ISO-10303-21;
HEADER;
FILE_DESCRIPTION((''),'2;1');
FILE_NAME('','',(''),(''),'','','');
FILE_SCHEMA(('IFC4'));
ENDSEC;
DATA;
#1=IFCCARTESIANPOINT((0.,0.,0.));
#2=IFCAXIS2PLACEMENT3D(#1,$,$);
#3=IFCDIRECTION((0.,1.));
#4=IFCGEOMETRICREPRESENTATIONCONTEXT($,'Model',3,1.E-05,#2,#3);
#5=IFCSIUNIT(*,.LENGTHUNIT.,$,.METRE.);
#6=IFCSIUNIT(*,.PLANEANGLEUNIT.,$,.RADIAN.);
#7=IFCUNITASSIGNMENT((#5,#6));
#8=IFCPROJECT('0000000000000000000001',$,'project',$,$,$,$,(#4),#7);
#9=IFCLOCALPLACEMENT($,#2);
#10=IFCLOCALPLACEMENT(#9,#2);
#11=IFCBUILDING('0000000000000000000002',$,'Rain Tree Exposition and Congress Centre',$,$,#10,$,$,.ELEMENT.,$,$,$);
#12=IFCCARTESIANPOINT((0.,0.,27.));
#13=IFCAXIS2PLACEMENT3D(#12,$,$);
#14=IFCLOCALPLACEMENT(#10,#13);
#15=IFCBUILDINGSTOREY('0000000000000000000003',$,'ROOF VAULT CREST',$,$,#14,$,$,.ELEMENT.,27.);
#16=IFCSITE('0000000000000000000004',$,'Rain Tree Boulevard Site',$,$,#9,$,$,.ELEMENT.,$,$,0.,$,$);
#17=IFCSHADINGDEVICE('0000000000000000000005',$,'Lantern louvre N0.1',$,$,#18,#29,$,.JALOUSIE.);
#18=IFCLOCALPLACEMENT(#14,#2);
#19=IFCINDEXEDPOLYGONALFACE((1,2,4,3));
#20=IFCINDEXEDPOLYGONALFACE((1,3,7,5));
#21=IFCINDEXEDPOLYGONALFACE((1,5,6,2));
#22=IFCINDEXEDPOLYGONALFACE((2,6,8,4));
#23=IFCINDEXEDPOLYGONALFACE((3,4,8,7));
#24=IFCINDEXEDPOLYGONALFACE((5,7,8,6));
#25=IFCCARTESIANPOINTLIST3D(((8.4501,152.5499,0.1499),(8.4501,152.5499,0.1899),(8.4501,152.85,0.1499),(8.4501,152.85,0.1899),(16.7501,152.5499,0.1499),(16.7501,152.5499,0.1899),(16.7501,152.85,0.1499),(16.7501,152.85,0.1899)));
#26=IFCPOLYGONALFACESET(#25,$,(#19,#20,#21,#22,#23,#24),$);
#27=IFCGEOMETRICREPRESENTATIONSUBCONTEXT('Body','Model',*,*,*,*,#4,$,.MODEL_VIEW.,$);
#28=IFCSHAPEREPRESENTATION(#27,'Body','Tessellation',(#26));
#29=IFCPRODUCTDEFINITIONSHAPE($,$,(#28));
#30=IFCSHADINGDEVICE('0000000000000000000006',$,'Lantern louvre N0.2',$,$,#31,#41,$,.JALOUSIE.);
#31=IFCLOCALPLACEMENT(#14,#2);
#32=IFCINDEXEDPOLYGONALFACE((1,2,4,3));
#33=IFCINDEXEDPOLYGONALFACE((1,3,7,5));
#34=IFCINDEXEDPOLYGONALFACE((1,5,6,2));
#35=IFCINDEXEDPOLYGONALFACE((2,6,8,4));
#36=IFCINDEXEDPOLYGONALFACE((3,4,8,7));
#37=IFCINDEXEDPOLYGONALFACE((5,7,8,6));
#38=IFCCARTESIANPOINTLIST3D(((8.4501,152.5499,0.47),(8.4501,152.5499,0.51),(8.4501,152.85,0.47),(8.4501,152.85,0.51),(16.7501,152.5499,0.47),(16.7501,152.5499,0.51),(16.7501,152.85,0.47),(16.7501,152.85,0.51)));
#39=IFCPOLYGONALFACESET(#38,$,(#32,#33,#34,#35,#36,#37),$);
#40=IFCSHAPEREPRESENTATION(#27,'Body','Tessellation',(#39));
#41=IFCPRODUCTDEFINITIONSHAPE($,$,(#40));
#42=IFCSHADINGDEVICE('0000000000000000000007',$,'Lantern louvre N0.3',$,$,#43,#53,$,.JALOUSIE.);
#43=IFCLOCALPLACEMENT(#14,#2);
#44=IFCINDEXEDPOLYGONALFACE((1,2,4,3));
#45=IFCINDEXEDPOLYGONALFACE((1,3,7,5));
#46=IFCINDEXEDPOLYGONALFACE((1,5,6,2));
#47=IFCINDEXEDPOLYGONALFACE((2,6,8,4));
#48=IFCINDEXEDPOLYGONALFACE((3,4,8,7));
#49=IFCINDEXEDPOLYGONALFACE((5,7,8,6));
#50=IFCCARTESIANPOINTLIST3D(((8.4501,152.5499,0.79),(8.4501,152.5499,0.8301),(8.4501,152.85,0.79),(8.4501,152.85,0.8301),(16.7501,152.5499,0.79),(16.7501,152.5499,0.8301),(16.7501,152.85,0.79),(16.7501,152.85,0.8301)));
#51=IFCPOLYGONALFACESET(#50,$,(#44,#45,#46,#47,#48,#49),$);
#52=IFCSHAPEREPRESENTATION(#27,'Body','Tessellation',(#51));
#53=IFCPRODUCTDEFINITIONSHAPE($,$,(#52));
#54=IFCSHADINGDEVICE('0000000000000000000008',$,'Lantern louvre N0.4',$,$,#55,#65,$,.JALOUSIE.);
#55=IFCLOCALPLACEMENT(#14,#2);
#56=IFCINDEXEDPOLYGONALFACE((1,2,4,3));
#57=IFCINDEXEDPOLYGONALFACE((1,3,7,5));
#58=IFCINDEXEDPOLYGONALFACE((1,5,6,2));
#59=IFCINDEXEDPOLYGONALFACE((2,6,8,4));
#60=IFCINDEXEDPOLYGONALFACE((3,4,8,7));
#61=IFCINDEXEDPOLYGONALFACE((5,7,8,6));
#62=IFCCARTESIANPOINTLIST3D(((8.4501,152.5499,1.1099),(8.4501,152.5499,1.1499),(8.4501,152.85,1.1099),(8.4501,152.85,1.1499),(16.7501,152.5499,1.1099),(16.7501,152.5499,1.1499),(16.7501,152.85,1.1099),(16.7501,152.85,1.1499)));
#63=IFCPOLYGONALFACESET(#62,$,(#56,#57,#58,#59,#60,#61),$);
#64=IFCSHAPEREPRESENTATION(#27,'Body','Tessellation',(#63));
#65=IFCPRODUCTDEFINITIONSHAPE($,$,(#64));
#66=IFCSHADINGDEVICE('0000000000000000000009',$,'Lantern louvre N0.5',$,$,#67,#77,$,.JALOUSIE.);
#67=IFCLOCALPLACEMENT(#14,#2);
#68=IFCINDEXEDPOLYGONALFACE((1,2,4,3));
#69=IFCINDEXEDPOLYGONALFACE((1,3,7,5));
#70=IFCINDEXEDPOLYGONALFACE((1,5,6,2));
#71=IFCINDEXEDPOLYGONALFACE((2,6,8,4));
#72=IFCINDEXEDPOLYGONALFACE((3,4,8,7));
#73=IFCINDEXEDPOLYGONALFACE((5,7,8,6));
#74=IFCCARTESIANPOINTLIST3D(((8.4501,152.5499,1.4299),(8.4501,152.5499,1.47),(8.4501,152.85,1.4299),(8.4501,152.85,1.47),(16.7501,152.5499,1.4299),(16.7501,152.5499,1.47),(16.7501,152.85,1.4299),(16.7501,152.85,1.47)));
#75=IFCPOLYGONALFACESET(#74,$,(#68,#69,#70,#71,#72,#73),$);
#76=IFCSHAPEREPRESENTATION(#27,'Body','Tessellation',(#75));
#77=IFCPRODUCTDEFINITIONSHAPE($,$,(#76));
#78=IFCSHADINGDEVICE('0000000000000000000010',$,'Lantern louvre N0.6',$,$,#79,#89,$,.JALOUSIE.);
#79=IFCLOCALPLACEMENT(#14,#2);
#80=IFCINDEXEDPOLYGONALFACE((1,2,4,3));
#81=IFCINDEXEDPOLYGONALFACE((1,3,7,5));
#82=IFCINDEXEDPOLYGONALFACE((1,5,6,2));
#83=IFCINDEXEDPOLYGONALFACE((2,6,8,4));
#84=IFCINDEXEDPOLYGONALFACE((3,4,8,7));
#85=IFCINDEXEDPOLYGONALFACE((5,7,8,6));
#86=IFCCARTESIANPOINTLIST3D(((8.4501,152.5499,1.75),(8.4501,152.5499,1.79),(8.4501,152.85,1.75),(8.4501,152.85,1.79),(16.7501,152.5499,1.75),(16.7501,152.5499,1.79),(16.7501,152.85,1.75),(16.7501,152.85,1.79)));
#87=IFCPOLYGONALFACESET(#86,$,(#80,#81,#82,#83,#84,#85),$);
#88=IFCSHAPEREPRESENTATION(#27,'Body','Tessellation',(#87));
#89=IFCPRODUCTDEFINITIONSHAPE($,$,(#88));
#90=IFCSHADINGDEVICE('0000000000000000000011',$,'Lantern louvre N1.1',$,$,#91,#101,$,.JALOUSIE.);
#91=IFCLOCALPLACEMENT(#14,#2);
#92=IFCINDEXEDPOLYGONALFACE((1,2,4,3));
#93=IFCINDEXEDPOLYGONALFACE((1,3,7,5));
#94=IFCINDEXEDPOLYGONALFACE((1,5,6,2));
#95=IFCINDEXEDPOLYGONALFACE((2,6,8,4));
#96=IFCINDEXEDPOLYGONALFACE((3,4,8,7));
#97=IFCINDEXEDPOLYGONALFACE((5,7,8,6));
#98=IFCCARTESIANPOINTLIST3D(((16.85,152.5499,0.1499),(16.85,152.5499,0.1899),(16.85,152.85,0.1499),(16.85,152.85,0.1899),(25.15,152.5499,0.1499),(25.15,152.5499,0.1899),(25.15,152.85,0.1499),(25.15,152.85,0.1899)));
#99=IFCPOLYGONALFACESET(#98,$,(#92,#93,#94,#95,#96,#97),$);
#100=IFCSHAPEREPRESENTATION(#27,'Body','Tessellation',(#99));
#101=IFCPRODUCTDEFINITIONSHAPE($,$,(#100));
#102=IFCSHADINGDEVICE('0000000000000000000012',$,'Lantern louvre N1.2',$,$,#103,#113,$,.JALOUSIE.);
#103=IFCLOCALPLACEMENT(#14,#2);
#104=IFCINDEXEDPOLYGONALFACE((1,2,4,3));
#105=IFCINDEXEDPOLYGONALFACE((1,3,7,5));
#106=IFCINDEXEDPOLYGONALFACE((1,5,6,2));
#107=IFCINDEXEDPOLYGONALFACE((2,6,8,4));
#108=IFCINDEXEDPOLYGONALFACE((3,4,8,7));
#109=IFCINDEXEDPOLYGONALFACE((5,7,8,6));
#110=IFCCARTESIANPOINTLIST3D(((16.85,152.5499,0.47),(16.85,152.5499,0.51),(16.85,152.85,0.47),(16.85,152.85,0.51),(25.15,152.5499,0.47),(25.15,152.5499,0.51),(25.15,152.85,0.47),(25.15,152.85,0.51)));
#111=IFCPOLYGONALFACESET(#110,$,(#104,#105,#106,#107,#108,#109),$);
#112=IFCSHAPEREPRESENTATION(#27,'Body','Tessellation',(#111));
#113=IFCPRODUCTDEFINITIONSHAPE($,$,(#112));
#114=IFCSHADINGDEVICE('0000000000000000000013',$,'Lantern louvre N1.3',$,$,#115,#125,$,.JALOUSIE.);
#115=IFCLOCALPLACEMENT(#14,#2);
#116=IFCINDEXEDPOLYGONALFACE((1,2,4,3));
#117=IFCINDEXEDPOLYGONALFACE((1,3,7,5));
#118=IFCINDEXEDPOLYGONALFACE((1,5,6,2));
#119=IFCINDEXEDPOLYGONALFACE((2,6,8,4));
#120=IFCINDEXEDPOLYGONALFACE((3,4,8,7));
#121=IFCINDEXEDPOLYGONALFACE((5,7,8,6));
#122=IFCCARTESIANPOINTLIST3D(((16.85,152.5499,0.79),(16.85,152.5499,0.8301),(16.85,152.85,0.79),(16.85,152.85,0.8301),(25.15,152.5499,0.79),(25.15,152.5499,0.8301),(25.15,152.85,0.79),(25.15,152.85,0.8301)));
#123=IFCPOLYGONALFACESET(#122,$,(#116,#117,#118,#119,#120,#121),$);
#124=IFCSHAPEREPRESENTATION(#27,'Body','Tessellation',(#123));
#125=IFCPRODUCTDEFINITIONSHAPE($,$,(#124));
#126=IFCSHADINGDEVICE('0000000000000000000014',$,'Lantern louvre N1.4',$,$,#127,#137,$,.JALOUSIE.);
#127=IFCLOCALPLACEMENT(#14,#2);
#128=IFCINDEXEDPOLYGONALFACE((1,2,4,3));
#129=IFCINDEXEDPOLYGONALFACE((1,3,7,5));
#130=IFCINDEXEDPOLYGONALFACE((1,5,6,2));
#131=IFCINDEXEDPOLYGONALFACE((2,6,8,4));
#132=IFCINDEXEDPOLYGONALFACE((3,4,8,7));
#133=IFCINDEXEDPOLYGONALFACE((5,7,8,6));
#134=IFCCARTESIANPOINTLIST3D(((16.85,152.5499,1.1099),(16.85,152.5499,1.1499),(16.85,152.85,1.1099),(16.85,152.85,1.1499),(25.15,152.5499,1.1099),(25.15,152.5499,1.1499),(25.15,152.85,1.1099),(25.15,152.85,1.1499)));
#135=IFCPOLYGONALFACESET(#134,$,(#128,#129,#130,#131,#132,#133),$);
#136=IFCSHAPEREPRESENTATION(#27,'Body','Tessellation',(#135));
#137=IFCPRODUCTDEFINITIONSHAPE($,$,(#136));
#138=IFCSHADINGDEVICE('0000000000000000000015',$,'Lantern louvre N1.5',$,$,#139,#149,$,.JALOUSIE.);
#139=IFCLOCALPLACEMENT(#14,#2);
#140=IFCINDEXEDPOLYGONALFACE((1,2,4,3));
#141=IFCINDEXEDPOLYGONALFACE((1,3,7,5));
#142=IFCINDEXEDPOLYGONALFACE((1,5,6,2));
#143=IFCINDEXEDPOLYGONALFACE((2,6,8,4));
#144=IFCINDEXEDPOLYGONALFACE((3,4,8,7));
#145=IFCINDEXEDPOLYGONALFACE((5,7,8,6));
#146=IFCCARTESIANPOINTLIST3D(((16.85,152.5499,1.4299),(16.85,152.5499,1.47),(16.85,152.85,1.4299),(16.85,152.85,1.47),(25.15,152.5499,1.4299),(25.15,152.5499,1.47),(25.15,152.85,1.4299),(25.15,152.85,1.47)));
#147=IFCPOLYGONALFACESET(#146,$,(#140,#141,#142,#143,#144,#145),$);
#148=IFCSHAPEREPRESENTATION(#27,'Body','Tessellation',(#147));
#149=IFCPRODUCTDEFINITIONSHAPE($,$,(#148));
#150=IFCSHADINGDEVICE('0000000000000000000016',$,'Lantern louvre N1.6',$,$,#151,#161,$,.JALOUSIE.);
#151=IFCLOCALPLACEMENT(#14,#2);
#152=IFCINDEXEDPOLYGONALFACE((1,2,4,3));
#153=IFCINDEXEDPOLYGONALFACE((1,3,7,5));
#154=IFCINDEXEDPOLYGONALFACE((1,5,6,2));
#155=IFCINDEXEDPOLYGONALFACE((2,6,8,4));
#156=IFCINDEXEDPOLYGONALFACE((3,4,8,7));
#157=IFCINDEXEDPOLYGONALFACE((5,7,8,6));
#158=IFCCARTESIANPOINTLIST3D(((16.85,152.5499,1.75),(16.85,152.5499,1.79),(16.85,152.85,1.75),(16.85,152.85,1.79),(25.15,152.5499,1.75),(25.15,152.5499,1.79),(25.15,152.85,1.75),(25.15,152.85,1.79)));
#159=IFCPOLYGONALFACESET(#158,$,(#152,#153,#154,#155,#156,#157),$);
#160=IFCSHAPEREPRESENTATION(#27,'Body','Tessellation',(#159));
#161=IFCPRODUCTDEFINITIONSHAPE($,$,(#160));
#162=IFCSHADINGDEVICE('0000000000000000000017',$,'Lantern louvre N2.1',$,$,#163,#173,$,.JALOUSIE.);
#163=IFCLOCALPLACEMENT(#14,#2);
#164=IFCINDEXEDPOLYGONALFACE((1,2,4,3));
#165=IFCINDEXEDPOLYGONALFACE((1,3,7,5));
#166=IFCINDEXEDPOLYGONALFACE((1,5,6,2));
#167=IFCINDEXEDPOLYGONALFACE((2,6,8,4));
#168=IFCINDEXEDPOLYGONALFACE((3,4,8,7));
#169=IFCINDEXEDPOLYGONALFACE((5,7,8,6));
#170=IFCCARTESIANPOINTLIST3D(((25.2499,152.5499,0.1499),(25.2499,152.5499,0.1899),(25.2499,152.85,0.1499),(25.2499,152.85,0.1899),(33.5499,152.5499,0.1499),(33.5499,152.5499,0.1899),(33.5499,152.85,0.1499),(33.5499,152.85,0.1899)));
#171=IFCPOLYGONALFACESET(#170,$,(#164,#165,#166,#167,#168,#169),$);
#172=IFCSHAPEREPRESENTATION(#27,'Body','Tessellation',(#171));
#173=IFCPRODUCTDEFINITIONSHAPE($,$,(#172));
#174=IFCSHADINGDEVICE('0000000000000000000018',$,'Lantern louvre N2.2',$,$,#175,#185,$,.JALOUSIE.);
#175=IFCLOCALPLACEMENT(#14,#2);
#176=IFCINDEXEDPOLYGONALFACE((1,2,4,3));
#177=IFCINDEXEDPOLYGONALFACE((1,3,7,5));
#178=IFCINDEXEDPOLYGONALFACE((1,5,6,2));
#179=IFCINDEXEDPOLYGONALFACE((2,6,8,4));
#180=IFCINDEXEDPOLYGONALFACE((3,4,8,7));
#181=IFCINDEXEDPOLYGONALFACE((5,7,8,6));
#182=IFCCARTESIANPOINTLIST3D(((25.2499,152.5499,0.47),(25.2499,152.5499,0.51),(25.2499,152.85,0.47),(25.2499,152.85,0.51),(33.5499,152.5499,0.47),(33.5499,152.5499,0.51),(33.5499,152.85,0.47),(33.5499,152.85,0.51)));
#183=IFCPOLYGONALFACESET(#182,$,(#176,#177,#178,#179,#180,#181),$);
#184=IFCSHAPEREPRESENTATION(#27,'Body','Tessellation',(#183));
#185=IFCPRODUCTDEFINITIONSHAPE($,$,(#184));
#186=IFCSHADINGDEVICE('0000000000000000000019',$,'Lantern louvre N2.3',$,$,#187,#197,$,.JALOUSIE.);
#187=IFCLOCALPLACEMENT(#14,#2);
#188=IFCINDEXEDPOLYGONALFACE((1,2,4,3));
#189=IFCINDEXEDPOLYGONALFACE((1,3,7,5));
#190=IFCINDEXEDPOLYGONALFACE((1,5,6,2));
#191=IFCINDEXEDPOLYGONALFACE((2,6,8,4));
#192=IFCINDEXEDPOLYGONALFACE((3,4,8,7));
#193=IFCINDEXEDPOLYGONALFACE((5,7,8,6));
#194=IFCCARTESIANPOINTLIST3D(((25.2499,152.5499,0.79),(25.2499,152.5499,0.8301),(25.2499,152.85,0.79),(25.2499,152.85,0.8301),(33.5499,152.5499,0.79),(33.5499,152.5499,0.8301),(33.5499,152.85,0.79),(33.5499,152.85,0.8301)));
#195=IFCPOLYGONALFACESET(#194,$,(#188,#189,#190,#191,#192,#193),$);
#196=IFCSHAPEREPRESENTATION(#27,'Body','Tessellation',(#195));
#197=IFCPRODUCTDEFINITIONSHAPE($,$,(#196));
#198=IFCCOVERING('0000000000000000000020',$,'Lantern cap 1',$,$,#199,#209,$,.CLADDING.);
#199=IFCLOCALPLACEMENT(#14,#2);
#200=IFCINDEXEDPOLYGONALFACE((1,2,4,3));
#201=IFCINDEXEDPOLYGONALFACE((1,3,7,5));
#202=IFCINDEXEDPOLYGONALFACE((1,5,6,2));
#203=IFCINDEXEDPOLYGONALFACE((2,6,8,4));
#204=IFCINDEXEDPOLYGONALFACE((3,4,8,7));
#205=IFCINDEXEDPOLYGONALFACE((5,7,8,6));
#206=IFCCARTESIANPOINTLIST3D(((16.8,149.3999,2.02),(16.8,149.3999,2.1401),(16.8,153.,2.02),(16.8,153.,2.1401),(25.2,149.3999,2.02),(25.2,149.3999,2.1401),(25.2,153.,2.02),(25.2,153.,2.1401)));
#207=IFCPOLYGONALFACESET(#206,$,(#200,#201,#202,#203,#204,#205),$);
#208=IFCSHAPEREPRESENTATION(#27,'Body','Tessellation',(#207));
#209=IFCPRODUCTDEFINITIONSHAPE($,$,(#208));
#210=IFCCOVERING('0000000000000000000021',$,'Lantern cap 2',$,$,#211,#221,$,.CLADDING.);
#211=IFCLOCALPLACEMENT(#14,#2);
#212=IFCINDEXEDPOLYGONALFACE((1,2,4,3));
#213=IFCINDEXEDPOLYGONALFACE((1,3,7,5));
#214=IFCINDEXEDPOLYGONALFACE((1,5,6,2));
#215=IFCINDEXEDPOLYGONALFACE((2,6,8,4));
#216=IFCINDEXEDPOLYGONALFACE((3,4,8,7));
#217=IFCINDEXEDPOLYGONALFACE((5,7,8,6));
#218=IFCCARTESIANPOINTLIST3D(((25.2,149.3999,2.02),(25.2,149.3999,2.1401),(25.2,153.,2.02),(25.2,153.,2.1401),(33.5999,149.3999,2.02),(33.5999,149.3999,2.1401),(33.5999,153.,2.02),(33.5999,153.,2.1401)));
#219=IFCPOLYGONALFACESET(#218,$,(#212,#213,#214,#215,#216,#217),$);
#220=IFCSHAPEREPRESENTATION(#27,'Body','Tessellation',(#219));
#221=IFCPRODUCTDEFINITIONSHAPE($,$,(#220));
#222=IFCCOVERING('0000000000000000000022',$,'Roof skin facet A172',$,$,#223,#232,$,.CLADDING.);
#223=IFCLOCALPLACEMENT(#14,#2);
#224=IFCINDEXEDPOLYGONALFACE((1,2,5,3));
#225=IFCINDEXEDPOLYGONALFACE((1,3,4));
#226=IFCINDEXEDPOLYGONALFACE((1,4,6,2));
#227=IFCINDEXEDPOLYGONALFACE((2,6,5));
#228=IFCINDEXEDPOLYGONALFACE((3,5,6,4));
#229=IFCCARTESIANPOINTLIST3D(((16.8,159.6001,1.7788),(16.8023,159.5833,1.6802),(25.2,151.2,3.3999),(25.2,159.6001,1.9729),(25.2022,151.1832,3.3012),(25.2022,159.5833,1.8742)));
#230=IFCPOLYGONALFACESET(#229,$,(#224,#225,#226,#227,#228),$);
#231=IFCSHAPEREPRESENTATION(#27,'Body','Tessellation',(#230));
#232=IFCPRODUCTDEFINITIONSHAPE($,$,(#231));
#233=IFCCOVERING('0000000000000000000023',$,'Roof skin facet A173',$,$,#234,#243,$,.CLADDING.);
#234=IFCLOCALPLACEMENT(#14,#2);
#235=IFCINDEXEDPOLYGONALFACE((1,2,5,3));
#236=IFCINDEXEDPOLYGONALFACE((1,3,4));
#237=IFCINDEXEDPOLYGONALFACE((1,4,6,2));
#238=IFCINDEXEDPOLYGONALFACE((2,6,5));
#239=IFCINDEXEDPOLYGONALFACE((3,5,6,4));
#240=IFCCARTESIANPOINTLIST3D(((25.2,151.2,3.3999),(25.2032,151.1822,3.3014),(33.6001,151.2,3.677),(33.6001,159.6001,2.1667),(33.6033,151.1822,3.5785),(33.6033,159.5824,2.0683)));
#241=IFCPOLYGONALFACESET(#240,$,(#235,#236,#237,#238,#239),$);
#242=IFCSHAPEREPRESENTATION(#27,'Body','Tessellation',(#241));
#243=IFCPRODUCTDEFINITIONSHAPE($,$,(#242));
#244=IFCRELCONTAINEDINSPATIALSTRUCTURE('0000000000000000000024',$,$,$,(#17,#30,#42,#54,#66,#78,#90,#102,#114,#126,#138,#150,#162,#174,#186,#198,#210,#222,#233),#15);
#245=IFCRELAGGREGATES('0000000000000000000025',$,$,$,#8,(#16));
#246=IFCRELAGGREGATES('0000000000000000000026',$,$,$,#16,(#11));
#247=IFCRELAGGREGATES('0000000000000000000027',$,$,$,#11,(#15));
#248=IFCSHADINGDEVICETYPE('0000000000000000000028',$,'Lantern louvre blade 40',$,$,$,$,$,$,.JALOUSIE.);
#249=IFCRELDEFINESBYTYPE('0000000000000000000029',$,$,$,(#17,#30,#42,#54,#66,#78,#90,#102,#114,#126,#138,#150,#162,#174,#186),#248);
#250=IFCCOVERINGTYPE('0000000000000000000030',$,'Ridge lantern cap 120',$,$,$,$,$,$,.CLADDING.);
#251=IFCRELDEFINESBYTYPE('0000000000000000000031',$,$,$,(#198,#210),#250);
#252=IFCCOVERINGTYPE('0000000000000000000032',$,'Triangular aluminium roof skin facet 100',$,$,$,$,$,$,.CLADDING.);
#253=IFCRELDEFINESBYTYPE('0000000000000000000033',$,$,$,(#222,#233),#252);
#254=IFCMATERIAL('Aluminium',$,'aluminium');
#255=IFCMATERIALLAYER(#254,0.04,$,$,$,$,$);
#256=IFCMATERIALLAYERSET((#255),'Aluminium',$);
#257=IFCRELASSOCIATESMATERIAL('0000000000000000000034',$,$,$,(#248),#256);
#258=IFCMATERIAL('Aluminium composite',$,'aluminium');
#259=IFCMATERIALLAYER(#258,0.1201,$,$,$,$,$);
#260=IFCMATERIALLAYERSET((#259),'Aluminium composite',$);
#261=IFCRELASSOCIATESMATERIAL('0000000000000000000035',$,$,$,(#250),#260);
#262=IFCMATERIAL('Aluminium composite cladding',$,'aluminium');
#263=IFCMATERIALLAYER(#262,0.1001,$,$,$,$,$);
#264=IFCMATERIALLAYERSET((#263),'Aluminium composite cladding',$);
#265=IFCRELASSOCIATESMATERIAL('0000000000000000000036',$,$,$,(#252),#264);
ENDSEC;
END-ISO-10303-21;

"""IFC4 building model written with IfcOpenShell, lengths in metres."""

from ifc_helpers import new_model, si_unit, direction, frame, origin, origin_2d, place, context, subcontext, project, spatial, polyline, rectangle, outline, extrude, material, layer, layer_set, type_object, element, save


model = new_model("IFC4")

# Units and contexts
model_context = context("Model", 3, precision=1e-05, world=origin(), true_north=direction((0.0, 1.0)))
body_context = subcontext(model_context, "Body", "Model", "MODEL_VIEW")
ifc_project = project(units=[si_unit("LENGTHUNIT", "METRE"), si_unit("PLANEANGLEUNIT", "RADIAN")], contexts=[model_context])

# Site, building, storey
site_placement = place(None, origin())
site = spatial("IfcSite", under=ifc_project, at=site_placement, Name="Rain Tree Boulevard Site", CompositionType="ELEMENT", RefElevation=0.0)
building_placement = place(site_placement, origin())
building = spatial("IfcBuilding", under=site, at=building_placement, Name="Rain Tree Exposition and Congress Centre", CompositionType="ELEMENT")
storey_placement = place(building_placement, frame((0.0, 0.0, 27.0)))
storey = spatial("IfcBuildingStorey", under=building, at=storey_placement, Name="ROOF VAULT CREST", CompositionType="ELEMENT", Elevation=27.0)

# Shading devices
ifc_material_1 = material(Name="Aluminium", Category="aluminium")
ifc_layer_1 = layer(ifc_material_1, 0.04)
ifc_layer_set_1 = layer_set([ifc_layer_1], Name="Aluminium")
shading_device_type = type_object("IfcShadingDeviceType", Name="Lantern louvre blade 40", PredefinedType="JALOUSIE", material=ifc_layer_set_1)
for number, where, z_axis, x_axis, name in (
    (1, (12.6001, 152.7, 0.1499), (0.0, 0.0, 1.0), (1.0, 0.0, 0.0), "Lantern louvre N0.1"),
    (2, (12.6001, 152.7, 0.47), (0.0, 0.0, 1.0), (1.0, 0.0, 0.0), "Lantern louvre N0.2"),
    (3, (12.6001, 152.7, 0.79), (0.0, 0.0, 1.0), (1.0, 0.0, 0.0), "Lantern louvre N0.3"),
    (4, (12.6001, 152.7, 1.1099), (0.0, 0.0, 1.0), (1.0, 0.0, 0.0), "Lantern louvre N0.4"),
    (5, (12.6001, 152.7, 1.4299), (0.0, 0.0, 1.0), (1.0, 0.0, 0.0), "Lantern louvre N0.5"),
    (6, (12.6001, 152.7, 1.75), (0.0, 0.0, 1.0), (1.0, 0.0, 0.0), "Lantern louvre N0.6"),
    (7, (21.0, 152.7, 0.1499), (0.0, 0.0, 1.0), (1.0, 0.0, 0.0), "Lantern louvre N1.1"),
    (8, (21.0, 152.7, 0.47), (0.0, 0.0, 1.0), (1.0, 0.0, 0.0), "Lantern louvre N1.2"),
    (9, (21.0, 152.7, 0.79), (0.0, 0.0, 1.0), (1.0, 0.0, 0.0), "Lantern louvre N1.3"),
    (10, (21.0, 152.7, 1.1099), (0.0, 0.0, 1.0), (1.0, 0.0, 0.0), "Lantern louvre N1.4"),
    (11, (21.0, 152.7, 1.4299), (0.0, 0.0, 1.0), (1.0, 0.0, 0.0), "Lantern louvre N1.5"),
    (12, (21.0, 152.7, 1.75), (0.0, 0.0, 1.0), (1.0, 0.0, 0.0), "Lantern louvre N1.6"),
    (13, (29.3999, 152.7, 0.1499), (0.0, 0.0, 1.0), (1.0, 0.0, 0.0), "Lantern louvre N2.1"),
    (14, (29.3999, 152.7, 0.47), (0.0, 0.0, 1.0), (1.0, 0.0, 0.0), "Lantern louvre N2.2"),
    (15, (29.3999, 152.7, 0.79), (0.0, 0.0, 1.0), (1.0, 0.0, 0.0), "Lantern louvre N2.3"),
):
    element("IfcShadingDevice", number, at=place(storey_placement, frame(where, z_axis=z_axis, x_axis=x_axis)), inside=storey, type_object=shading_device_type, Name=name, PredefinedType="JALOUSIE", context=body_context, shape_type="SweptSolid", body=[
        extrude(rectangle(XDim=8.3, YDim=0.3, at=origin_2d()), origin(), (0.0, 0.0, 1.0), 0.04),
    ])

# Coverings
ifc_material_2 = material(Name="Aluminium composite", Category="aluminium")
ifc_layer_2 = layer(ifc_material_2, 0.1201)
ifc_layer_set_2 = layer_set([ifc_layer_2], Name="Aluminium composite")
covering_type_1 = type_object("IfcCoveringType", Name="Ridge lantern cap 120", PredefinedType="CLADDING", material=ifc_layer_set_2)
for number, where, z_axis, x_axis, name in (
    (16, (21.0, 151.2, 2.02), (0.0, 0.0, 1.0), (1.0, 0.0, 0.0), "Lantern cap 1"),
    (17, (29.3999, 151.2, 2.02), (0.0, 0.0, 1.0), (1.0, 0.0, 0.0), "Lantern cap 2"),
):
    element("IfcCovering", number, at=place(storey_placement, frame(where, z_axis=z_axis, x_axis=x_axis)), inside=storey, type_object=covering_type_1, Name=name, PredefinedType="CLADDING", context=body_context, shape_type="SweptSolid", body=[
        extrude(rectangle(XDim=8.3999, YDim=3.6001, at=origin_2d()), origin(), (0.0, 0.0, 1.0), 0.1201),
    ])
ifc_material_3 = material(Name="Aluminium composite cladding", Category="aluminium")
ifc_layer_3 = layer(ifc_material_3, 0.1001)
ifc_layer_set_3 = layer_set([ifc_layer_3], Name="Aluminium composite cladding")
covering_type_2 = type_object("IfcCoveringType", Name="Triangular aluminium roof skin facet 100", PredefinedType="CLADDING", material=ifc_layer_set_3)
covering_1_placement = place(storey_placement, frame((25.2, 151.2, 3.3999), z_axis=(-0.022774, 0.167435, 0.98562), x_axis=(0.0, 0.985876, -0.167479)))
element("IfcCovering", 18, at=covering_1_placement, inside=storey, type_object=covering_type_2, Name="Roof skin facet A172", PredefinedType="CLADDING", context=body_context, shape_type="SweptSolid", body=[
    extrude(outline(polyline([(0.0, 0.0), (8.5205, 0.0), (8.553, 8.4021), (0.0, 0.0)])), origin(), (0.0, 0.0, -1.0), 0.1001),
])
covering_2_placement = place(storey_placement, frame((25.2, 151.2, 3.3999), z_axis=(-0.03245, 0.176859, 0.983701), x_axis=(0.999456, 0.0, 0.03297)))
element("IfcCovering", 19, at=covering_2_placement, inside=storey, type_object=covering_type_2, Name="Roof skin facet A173", PredefinedType="CLADDING", context=body_context, shape_type="SweptSolid", body=[
    extrude(outline(polyline([(0.0, 0.0), (8.4047, 0.0), (8.3549, 8.5347), (0.0, 0.0)])), origin(), (0.0, 0.0, -1.0), 0.1001),
])

save(model, "model.ifc")
